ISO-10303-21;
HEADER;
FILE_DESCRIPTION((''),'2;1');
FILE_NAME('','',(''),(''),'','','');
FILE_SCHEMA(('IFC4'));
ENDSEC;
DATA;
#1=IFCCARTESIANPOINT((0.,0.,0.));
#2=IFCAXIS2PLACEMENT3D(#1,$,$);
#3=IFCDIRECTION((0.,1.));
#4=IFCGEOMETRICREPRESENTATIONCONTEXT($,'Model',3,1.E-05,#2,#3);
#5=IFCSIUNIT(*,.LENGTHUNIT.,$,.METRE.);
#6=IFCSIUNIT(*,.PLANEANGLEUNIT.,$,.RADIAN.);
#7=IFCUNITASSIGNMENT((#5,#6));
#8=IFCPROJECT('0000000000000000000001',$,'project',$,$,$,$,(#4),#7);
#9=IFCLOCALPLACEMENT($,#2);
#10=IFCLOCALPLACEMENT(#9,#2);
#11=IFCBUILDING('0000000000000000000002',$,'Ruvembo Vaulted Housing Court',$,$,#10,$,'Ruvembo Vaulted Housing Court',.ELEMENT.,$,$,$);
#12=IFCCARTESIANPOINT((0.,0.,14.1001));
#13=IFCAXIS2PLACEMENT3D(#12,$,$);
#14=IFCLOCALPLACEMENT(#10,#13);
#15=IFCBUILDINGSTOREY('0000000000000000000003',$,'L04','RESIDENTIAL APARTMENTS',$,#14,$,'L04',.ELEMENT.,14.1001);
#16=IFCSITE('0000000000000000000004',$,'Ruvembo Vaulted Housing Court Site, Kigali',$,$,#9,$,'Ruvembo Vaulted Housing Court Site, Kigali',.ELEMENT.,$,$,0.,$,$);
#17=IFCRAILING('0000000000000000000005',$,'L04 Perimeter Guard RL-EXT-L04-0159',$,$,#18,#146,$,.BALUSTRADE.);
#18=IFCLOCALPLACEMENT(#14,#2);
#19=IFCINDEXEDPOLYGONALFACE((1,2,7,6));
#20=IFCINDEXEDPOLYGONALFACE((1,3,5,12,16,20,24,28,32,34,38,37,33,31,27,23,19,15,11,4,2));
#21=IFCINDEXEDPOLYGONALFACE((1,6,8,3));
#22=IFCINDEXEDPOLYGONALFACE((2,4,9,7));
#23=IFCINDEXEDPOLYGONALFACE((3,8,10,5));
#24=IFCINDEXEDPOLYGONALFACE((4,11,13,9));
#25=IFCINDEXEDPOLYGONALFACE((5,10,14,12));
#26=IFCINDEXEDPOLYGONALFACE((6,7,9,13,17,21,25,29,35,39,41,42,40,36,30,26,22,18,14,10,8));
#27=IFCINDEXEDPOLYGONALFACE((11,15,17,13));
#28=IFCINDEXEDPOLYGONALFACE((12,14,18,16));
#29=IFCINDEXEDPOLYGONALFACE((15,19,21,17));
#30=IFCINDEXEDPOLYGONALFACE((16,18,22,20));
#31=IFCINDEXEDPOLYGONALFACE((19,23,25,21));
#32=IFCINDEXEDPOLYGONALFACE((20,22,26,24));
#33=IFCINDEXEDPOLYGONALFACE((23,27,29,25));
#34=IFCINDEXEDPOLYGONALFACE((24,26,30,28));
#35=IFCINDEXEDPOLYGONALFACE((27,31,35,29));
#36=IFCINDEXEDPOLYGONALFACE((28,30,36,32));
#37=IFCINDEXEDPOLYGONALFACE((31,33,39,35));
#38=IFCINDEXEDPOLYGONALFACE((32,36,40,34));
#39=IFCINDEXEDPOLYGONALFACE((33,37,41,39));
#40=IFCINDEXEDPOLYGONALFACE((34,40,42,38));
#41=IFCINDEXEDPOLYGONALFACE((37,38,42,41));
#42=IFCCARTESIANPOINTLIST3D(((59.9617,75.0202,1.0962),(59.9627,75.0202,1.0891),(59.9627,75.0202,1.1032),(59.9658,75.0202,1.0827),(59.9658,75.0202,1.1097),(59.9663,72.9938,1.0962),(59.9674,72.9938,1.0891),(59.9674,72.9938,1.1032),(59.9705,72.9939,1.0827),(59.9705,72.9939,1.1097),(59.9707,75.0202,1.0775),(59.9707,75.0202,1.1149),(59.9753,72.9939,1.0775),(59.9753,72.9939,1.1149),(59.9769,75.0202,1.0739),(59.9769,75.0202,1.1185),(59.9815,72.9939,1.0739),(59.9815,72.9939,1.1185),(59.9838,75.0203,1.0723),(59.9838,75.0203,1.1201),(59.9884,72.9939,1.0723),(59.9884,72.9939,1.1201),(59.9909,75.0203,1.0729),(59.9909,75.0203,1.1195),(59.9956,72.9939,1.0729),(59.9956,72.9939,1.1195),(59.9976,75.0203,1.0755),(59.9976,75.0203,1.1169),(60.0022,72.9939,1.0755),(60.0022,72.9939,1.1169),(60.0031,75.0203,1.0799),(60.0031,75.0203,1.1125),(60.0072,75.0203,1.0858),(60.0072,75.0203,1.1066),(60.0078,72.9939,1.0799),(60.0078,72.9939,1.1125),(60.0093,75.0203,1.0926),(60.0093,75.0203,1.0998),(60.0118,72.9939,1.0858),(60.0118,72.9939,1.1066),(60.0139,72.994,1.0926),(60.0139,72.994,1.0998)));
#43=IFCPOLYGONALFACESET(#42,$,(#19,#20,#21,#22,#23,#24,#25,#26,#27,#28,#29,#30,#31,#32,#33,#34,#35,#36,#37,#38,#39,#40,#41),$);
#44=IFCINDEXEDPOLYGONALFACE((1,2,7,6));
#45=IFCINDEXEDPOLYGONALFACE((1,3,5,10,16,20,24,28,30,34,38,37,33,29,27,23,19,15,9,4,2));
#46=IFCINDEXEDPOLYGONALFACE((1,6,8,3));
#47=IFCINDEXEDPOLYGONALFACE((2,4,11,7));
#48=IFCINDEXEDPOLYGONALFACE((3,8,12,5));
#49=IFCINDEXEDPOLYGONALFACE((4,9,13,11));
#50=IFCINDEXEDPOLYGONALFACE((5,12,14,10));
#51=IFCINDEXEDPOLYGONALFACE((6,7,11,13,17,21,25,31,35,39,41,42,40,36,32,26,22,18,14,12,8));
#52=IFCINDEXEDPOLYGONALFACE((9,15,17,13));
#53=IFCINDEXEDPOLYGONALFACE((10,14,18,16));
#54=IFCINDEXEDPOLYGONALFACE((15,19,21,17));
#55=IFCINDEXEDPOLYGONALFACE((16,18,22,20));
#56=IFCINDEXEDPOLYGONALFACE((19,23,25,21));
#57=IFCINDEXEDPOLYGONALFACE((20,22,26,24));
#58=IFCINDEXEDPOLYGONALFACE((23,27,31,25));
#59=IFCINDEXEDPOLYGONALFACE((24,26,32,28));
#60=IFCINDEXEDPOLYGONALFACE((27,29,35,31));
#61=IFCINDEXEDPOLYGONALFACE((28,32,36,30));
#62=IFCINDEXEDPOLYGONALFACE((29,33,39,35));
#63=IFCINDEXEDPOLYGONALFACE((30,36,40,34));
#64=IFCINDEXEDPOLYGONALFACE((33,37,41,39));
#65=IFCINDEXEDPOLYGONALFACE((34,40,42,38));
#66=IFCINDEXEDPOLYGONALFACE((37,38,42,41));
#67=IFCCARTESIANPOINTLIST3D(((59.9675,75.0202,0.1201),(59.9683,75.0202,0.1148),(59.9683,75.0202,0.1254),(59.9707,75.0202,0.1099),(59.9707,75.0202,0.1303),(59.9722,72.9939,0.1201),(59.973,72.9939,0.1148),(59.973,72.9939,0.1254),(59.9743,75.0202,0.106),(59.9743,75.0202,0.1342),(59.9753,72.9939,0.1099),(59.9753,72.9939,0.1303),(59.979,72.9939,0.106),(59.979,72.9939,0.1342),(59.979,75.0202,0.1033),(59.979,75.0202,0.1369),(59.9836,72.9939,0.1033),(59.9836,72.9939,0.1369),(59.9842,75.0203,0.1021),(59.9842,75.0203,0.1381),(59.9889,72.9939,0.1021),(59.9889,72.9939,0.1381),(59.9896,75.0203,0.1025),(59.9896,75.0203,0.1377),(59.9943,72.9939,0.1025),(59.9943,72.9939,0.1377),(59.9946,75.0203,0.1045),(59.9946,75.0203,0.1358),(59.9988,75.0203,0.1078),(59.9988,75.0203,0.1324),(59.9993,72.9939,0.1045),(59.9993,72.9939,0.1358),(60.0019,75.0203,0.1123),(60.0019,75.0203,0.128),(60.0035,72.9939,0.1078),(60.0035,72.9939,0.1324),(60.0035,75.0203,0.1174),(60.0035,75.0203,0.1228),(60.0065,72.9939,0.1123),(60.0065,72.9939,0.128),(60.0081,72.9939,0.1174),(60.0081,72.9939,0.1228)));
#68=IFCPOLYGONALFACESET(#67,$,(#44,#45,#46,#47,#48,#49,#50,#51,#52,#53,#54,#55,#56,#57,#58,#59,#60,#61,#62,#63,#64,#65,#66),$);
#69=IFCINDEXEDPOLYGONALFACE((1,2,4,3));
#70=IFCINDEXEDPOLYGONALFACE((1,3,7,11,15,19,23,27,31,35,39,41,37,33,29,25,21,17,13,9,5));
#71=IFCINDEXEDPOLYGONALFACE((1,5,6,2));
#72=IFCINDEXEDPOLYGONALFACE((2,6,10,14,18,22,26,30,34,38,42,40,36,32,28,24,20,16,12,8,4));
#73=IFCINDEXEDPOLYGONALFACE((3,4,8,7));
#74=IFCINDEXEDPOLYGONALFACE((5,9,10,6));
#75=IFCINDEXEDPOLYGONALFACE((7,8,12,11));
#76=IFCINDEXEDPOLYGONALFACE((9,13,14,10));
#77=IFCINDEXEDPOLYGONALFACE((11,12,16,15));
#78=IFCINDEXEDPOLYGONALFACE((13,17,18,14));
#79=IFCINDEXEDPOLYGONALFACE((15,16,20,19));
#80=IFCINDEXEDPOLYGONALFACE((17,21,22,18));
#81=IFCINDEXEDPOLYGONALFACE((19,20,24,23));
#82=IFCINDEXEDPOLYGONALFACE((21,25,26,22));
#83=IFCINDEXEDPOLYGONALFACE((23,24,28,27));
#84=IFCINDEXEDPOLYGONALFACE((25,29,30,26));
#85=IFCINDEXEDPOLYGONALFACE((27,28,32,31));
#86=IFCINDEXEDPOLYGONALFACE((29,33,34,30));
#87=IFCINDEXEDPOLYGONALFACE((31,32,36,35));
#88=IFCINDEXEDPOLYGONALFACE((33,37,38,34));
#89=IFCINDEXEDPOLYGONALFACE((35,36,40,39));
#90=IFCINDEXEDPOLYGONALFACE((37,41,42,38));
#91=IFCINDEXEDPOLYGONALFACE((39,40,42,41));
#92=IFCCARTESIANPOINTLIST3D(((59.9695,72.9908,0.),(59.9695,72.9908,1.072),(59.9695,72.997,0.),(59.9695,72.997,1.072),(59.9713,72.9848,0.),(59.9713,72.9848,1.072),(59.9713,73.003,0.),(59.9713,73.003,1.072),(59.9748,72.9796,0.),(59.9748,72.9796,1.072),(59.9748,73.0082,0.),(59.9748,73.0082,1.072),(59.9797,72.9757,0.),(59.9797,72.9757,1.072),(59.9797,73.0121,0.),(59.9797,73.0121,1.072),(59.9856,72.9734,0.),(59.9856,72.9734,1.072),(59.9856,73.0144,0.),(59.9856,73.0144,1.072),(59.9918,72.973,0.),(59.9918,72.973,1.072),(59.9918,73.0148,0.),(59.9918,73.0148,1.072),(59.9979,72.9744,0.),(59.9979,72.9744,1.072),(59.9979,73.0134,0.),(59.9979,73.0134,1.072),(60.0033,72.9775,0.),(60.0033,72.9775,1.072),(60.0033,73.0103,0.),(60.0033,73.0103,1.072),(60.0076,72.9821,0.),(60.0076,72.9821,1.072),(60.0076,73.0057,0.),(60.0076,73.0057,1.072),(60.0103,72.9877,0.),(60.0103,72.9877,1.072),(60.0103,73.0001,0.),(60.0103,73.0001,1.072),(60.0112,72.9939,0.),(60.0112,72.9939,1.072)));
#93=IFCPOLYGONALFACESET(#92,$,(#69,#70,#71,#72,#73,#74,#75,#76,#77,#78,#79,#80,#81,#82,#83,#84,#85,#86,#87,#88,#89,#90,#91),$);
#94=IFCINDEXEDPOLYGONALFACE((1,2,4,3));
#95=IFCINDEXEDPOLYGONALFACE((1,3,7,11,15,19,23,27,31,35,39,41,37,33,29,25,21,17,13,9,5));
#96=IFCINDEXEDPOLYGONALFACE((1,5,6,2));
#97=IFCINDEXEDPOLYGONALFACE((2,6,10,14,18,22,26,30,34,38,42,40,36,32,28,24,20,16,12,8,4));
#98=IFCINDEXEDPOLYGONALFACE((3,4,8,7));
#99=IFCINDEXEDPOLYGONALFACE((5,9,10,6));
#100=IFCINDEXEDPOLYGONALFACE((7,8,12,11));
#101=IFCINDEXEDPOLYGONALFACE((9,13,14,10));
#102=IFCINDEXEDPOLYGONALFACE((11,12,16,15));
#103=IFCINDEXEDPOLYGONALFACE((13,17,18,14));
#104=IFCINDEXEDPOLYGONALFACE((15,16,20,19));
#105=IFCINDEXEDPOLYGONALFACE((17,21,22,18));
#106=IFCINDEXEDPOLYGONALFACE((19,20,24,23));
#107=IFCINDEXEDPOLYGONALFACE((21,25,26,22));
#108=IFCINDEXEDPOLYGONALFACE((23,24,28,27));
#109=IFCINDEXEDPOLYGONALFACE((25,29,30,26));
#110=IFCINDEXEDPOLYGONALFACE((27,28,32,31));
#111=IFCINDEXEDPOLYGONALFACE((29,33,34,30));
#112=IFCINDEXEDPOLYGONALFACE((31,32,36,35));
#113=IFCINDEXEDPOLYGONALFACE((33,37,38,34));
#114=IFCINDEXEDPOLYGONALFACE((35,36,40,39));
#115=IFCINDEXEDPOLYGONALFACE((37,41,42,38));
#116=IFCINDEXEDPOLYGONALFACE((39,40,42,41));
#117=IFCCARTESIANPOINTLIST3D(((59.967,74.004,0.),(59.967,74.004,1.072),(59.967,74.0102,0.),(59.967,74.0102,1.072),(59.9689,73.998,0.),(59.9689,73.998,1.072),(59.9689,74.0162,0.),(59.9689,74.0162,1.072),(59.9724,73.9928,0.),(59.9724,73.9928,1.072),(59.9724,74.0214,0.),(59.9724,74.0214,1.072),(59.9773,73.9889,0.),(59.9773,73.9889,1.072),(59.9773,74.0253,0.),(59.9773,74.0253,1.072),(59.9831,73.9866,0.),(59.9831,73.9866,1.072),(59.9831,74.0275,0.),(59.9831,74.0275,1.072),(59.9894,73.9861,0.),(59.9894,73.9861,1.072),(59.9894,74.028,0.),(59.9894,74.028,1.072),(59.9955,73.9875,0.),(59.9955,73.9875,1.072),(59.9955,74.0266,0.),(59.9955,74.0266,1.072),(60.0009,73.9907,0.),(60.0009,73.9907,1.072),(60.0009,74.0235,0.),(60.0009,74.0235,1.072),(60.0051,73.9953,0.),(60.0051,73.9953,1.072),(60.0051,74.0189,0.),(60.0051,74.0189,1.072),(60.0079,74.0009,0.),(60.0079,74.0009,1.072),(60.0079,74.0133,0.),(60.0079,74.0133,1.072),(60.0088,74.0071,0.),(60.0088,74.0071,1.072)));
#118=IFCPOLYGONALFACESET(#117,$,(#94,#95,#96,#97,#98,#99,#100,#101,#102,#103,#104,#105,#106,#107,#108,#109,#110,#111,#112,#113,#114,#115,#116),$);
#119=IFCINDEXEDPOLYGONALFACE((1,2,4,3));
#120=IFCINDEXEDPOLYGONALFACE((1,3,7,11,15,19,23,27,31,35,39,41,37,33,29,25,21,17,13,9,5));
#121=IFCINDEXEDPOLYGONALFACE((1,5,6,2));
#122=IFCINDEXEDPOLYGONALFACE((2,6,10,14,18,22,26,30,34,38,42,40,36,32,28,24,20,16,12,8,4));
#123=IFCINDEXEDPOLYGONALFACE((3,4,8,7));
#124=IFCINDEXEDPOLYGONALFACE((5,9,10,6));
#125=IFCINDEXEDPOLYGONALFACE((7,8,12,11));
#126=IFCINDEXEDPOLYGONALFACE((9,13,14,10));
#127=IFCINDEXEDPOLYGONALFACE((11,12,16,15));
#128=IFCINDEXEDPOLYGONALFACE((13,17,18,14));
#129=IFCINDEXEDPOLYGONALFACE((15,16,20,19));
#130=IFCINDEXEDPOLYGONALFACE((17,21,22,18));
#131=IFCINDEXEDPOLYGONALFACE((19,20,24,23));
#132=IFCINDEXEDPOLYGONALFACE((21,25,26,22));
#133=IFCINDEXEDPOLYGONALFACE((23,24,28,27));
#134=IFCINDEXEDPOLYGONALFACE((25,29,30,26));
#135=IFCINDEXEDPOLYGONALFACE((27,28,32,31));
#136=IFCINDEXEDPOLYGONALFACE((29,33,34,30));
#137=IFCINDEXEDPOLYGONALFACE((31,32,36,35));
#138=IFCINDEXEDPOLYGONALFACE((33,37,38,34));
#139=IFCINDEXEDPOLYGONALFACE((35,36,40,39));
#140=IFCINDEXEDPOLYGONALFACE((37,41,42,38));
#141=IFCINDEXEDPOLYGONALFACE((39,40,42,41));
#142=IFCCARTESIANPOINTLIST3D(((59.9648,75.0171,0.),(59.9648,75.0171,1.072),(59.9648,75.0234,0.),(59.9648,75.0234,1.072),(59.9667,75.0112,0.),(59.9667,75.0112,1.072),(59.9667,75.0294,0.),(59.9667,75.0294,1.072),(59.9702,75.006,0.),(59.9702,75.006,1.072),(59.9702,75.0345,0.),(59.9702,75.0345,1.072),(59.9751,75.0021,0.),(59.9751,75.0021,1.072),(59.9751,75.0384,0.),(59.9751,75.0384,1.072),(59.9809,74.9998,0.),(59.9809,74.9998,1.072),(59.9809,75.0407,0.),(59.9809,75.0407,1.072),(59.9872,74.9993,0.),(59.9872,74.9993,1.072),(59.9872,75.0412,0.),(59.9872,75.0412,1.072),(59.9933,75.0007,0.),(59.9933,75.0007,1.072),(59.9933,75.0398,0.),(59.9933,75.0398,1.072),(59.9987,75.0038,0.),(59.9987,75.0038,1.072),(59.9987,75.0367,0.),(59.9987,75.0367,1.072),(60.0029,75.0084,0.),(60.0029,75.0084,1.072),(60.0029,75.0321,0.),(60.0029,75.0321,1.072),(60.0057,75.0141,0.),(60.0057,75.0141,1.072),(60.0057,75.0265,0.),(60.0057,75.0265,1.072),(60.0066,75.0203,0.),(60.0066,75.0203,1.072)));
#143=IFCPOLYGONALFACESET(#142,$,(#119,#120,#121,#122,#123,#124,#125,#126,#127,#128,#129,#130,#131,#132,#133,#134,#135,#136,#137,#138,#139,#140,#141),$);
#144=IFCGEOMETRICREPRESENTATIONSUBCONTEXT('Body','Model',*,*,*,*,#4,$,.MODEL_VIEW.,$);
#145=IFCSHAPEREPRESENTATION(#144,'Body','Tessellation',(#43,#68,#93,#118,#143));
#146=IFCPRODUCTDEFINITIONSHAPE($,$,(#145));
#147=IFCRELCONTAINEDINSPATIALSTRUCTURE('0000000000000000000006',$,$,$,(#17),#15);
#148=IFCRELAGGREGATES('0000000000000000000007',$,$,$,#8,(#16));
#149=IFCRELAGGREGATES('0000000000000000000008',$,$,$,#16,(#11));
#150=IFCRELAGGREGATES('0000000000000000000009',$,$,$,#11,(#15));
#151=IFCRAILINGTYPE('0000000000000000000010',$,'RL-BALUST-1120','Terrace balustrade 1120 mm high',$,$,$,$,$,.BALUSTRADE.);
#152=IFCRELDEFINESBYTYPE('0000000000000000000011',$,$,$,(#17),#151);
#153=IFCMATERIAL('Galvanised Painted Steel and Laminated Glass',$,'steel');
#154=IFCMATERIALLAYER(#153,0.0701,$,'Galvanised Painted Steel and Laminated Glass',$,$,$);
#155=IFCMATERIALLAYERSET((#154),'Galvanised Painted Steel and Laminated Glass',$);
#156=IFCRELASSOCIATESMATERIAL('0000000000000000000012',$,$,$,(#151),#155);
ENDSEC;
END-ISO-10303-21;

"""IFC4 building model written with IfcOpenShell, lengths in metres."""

from ifc_helpers import new_model, si_unit, direction, frame, origin, origin_2d, place, context, subcontext, project, spatial, circle, extrude, material, layer, layer_set, type_object, element, save


model = new_model("IFC4")

# Units and contexts
model_context = context("Model", 3, precision=1e-05, world=origin(), true_north=direction((0.0, 1.0)))
body_context = subcontext(model_context, "Body", "Model", "MODEL_VIEW")
ifc_project = project(units=[si_unit("LENGTHUNIT", "METRE"), si_unit("PLANEANGLEUNIT", "RADIAN")], contexts=[model_context])

# Site, building, storey
site_placement = place(None, origin())
site = spatial("IfcSite", under=ifc_project, at=site_placement, Name="Ruvembo Vaulted Housing Court Site, Kigali", LongName="Ruvembo Vaulted Housing Court Site, Kigali", CompositionType="ELEMENT", RefElevation=0.0)
building_placement = place(site_placement, origin())
building = spatial("IfcBuilding", under=site, at=building_placement, Name="Ruvembo Vaulted Housing Court", LongName="Ruvembo Vaulted Housing Court", CompositionType="ELEMENT")
storey_placement = place(building_placement, frame((0.0, 0.0, 14.1001)))
storey = spatial("IfcBuildingStorey", under=building, at=storey_placement, Name="L04", Description="RESIDENTIAL APARTMENTS", LongName="L04", CompositionType="ELEMENT", Elevation=14.1001)

# Railing
ifc_material_1 = material(Name="Galvanised Painted Steel and Laminated Glass", Category="steel")
ifc_layer_1 = layer(ifc_material_1, 0.0701, Name="Galvanised Painted Steel and Laminated Glass")
ifc_layer_set_1 = layer_set([ifc_layer_1], Name="Galvanised Painted Steel and Laminated Glass")
railing_type_1 = type_object("IfcRailingType", Name="RL-BALUST-1120", Description="Terrace balustrade 1120 mm high", PredefinedType="BALUSTRADE", material=ifc_layer_set_1)
railing_1_placement = place(storey_placement, frame((59.9902, 72.9939, 0.0)))
element("IfcRailing", 1, at=railing_1_placement, inside=storey, type_object=railing_type_1, Name="L04 Perimeter Guard RL-EXT-L04-0159", PredefinedType="BALUSTRADE", context=body_context, shape_type="SweptSolid", body=[
    extrude(circle(Radius=0.0239, at=origin_2d()), frame((0.0, 0.0, 1.0962), z_axis=(-0.002289, 0.999997, 0.0), x_axis=(-0.999997, -0.002289, 0.0)), (0.0, 0.0, 1.0), 2.0264),
    extrude(circle(Radius=0.0181, at=origin_2d()), frame((0.0, 0.0, 0.1201), z_axis=(-0.002289, 0.999997, 0.0), x_axis=(-0.999997, -0.002289, 0.0)), (0.0, 0.0, 1.0), 2.0264),
    extrude(circle(Radius=0.021, at=origin_2d()), origin(), (0.0, 0.0, 1.0), 1.072),
    extrude(circle(Radius=0.021, at=origin_2d()), frame((-0.0024, 1.0132, 0.0)), (0.0, 0.0, 1.0), 1.072),
    extrude(circle(Radius=0.021, at=origin_2d()), frame((-0.0046, 2.0264, 0.0)), (0.0, 0.0, 1.0), 1.072),
])

save(model, "model.ifc")
